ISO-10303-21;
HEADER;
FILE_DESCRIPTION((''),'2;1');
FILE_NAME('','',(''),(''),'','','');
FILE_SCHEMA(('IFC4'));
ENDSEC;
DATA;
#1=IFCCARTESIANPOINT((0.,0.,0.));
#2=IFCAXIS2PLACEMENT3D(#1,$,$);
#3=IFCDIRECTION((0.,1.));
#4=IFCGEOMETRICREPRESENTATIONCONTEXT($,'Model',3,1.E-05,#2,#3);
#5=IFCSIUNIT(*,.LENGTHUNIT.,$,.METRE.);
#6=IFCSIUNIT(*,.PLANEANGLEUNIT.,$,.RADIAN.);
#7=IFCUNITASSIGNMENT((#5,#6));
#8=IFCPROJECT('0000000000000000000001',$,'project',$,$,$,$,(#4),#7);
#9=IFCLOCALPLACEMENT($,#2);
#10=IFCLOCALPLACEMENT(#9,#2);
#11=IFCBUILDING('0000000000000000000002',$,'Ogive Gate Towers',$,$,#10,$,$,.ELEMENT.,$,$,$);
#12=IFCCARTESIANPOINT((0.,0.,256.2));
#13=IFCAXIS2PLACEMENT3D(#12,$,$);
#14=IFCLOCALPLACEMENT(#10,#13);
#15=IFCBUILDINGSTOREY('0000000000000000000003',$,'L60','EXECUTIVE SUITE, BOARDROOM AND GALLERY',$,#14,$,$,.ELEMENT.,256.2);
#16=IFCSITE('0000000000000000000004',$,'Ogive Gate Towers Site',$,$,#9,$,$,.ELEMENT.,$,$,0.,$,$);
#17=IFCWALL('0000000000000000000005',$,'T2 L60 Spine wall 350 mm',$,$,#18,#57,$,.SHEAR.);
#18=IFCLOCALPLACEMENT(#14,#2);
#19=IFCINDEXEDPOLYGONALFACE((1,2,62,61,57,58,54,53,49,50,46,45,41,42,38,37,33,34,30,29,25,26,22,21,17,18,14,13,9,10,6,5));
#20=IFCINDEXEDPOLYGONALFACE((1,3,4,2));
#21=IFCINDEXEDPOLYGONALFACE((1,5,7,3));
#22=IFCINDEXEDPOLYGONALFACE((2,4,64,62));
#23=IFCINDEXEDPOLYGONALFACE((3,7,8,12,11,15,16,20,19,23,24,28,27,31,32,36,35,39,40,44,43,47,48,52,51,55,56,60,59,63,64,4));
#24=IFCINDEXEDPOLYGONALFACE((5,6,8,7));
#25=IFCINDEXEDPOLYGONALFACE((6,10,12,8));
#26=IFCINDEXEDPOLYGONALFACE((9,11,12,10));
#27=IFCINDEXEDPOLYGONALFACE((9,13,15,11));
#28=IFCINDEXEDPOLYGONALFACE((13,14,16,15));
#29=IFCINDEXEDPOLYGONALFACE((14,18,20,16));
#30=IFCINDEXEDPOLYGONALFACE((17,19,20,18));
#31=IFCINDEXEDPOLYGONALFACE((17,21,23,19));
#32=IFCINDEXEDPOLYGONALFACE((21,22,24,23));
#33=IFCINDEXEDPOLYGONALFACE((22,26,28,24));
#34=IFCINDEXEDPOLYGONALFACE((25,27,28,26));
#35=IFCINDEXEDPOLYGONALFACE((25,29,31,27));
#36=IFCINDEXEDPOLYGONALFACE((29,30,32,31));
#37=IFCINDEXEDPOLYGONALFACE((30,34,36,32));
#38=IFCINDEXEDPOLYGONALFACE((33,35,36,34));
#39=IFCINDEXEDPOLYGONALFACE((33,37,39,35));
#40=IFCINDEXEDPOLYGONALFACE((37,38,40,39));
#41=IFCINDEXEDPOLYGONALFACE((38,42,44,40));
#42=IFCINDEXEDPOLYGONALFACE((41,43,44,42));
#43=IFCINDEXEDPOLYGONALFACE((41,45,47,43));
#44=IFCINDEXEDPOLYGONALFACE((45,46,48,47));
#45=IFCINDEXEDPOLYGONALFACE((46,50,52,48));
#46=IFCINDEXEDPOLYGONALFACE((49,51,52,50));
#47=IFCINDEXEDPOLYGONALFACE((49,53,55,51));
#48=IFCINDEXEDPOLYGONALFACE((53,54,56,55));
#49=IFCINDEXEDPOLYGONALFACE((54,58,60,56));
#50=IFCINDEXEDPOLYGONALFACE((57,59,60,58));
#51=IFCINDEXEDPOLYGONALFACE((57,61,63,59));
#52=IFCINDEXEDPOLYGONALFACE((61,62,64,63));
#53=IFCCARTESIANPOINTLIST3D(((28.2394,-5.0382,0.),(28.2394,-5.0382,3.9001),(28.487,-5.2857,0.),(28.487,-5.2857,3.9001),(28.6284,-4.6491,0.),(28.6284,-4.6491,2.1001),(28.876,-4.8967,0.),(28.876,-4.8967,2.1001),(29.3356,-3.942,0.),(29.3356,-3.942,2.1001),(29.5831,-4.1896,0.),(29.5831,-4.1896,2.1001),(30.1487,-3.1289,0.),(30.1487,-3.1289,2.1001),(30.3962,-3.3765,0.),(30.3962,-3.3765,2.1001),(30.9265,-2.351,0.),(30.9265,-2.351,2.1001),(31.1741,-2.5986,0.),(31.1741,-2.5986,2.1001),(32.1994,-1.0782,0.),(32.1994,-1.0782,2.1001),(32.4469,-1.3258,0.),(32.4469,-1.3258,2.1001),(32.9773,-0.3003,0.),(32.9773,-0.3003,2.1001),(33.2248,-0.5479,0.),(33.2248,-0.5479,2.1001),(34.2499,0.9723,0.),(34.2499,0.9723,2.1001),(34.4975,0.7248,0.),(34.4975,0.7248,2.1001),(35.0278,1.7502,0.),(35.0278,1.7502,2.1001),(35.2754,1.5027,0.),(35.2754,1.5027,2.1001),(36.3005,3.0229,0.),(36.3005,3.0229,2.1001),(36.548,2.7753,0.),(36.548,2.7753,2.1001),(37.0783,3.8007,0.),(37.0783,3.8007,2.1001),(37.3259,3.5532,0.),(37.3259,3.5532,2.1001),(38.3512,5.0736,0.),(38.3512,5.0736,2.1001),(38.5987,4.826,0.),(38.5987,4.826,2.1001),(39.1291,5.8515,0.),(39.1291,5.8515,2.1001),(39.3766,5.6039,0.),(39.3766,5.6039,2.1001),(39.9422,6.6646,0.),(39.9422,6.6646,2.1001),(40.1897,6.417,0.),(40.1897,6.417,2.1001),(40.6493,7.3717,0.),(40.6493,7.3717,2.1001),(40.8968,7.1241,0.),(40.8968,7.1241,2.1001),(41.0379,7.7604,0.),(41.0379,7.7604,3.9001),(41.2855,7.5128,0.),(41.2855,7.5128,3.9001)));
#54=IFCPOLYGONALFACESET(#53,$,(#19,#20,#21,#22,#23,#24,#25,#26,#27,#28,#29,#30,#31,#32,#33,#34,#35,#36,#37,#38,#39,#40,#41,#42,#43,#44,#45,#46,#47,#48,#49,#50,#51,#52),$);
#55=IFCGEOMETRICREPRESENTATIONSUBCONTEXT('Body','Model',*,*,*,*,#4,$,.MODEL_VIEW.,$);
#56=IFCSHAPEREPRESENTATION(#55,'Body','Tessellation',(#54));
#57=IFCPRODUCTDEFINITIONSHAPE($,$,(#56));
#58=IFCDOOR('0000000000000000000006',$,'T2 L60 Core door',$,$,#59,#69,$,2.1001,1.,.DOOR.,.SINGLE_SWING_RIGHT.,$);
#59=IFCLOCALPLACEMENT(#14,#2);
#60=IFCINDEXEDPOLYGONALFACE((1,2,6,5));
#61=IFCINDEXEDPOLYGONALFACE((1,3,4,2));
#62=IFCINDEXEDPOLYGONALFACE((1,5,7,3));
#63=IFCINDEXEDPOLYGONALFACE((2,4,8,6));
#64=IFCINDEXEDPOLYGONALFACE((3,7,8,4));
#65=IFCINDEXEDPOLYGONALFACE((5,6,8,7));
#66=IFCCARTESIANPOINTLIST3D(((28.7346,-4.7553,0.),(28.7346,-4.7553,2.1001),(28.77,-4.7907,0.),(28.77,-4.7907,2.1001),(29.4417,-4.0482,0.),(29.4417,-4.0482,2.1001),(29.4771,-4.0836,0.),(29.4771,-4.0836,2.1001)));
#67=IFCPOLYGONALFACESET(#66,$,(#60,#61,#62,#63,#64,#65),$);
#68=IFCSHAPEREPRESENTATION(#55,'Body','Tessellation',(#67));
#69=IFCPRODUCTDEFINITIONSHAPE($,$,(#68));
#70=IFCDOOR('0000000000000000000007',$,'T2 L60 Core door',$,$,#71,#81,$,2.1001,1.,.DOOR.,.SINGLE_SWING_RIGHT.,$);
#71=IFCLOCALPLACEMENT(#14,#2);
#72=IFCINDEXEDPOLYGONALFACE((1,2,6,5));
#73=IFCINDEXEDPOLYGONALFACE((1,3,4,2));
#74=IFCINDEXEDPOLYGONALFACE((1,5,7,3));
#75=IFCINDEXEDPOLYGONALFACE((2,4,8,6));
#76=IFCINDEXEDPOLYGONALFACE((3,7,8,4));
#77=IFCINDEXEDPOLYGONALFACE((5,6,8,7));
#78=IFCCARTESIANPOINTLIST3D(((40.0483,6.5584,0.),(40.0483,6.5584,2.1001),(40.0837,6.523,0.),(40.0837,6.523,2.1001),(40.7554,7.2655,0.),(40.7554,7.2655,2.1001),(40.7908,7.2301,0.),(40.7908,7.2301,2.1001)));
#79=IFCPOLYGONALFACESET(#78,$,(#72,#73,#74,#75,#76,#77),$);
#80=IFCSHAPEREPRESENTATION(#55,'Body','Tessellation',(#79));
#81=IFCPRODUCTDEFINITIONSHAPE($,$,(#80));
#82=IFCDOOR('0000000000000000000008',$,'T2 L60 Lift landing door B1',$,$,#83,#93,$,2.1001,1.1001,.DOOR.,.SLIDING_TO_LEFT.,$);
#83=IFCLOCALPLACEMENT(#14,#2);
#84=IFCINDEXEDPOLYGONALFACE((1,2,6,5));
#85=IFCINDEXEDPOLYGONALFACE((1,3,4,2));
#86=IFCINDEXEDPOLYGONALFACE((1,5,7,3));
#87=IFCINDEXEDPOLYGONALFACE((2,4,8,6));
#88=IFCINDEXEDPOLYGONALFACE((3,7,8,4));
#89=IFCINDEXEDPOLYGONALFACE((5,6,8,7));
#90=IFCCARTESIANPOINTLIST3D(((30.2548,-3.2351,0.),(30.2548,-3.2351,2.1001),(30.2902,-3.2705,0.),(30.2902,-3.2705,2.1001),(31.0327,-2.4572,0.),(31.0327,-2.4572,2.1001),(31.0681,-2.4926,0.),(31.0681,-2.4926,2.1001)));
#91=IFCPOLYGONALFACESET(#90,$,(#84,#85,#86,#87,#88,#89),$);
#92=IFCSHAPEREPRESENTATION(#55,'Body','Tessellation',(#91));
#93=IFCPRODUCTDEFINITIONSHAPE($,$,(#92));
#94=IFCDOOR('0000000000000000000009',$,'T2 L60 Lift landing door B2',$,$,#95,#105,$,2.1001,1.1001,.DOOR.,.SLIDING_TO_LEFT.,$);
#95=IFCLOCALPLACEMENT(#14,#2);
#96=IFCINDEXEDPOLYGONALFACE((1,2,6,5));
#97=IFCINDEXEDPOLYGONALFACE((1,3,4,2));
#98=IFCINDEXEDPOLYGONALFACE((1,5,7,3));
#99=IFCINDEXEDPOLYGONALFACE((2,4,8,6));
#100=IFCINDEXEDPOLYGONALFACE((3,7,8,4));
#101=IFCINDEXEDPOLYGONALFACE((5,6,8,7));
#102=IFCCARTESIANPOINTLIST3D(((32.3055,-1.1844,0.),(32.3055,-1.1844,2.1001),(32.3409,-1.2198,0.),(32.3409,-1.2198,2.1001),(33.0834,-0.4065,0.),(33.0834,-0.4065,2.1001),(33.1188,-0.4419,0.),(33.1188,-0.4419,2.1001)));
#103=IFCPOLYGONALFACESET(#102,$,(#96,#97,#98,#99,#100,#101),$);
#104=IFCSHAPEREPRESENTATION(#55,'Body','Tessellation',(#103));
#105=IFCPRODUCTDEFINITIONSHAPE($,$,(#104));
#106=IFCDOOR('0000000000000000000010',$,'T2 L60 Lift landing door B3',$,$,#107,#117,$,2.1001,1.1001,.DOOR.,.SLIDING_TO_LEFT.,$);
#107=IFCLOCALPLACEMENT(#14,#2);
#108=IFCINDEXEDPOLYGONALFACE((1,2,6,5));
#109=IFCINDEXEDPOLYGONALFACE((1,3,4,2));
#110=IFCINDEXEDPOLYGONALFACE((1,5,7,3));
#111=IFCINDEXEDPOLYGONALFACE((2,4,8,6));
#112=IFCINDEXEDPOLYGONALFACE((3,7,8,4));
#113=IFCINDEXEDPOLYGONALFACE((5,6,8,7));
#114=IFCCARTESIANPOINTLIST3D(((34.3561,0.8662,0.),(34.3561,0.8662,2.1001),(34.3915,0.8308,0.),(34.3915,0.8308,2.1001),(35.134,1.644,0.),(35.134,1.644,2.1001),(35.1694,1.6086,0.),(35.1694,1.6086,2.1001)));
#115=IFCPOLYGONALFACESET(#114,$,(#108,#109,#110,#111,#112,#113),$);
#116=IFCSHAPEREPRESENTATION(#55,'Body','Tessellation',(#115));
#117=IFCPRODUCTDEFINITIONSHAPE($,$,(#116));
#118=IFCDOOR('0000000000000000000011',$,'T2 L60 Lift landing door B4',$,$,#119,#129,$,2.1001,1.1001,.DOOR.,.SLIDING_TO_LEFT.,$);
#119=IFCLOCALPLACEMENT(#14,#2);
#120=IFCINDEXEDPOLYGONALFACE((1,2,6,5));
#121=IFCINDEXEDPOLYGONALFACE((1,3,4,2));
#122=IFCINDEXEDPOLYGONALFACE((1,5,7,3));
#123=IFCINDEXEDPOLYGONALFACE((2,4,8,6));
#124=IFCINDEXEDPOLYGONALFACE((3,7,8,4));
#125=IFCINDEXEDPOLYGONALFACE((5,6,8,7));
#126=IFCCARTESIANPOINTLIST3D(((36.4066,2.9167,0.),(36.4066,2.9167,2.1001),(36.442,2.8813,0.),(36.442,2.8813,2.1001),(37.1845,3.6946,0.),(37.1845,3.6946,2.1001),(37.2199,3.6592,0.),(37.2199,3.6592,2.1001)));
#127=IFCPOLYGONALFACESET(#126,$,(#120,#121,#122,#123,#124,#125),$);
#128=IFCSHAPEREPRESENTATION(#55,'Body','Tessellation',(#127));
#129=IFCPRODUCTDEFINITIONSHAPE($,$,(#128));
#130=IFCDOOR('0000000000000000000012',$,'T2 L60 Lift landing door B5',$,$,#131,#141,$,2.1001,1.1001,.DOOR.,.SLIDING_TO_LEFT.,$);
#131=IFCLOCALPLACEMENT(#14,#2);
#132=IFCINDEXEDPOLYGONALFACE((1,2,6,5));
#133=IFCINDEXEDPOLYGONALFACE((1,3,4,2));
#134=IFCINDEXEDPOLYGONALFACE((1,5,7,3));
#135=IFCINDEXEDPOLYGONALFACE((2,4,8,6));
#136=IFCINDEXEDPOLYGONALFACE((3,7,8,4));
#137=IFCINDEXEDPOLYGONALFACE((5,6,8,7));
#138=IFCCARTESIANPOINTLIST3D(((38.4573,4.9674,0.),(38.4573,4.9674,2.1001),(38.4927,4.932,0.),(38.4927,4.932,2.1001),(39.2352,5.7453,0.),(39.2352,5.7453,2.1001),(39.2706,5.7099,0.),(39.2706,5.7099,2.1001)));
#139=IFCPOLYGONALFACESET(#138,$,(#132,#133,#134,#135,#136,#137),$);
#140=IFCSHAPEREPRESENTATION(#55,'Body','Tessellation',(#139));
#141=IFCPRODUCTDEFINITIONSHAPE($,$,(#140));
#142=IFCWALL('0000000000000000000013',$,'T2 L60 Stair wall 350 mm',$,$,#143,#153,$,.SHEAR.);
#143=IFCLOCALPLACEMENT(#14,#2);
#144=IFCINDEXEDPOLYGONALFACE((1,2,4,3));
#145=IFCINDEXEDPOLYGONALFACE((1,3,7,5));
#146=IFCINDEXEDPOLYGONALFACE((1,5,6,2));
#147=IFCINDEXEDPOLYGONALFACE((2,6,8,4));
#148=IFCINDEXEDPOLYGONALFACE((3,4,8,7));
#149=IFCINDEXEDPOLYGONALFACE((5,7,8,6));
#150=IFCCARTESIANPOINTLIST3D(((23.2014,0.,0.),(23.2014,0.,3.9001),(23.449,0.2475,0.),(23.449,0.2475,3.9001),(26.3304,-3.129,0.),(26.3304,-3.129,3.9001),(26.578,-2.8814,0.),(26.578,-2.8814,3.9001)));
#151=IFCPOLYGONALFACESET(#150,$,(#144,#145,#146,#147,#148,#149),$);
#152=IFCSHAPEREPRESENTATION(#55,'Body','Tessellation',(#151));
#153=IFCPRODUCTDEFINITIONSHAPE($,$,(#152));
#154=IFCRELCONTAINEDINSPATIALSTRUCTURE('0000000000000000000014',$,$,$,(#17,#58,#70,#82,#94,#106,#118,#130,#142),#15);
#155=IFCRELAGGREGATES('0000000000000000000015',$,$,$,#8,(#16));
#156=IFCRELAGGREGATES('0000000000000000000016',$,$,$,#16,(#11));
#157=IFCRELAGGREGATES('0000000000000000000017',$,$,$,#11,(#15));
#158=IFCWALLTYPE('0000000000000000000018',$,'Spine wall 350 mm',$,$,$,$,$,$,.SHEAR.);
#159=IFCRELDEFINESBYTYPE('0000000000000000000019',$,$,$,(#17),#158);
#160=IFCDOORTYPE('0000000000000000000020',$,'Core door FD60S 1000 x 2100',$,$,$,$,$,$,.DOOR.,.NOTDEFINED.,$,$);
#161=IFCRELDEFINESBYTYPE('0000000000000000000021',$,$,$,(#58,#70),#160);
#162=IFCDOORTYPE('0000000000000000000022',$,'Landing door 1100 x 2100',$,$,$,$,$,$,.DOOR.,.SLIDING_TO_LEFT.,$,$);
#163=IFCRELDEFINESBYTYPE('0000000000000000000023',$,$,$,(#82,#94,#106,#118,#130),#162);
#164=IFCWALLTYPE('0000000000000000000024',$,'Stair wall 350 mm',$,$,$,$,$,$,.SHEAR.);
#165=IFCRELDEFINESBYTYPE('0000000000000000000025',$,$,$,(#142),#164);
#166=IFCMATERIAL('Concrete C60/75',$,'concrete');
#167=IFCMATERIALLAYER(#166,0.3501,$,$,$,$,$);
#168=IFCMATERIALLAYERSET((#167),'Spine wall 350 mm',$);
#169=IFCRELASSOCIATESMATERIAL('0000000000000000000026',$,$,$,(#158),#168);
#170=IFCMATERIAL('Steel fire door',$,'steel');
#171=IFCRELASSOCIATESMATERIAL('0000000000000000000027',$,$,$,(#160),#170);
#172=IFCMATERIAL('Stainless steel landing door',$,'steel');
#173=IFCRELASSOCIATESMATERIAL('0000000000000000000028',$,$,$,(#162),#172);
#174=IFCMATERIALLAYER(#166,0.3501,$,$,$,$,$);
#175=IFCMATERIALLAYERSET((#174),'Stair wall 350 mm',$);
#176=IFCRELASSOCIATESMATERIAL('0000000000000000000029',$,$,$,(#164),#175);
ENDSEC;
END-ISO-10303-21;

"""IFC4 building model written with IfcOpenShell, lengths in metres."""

from ifc_helpers import new_model, si_unit, direction, frame, frame_2d, origin, place, context, subcontext, project, spatial, rectangle, extrude, material, layer, layer_set, type_object, element, fill, save


model = new_model("IFC4")

# Units and contexts
model_context = context("Model", 3, precision=1e-05, world=origin(), true_north=direction((0.0, 1.0)))
body_context = subcontext(model_context, "Body", "Model", "MODEL_VIEW")
ifc_project = project(units=[si_unit("LENGTHUNIT", "METRE"), si_unit("PLANEANGLEUNIT", "RADIAN")], contexts=[model_context])

# Site, building, storey
site_placement = place(None, origin())
site = spatial("IfcSite", under=ifc_project, at=site_placement, Name="Ogive Gate Towers Site", CompositionType="ELEMENT", RefElevation=0.0)
building_placement = place(site_placement, origin())
building = spatial("IfcBuilding", under=site, at=building_placement, Name="Ogive Gate Towers", CompositionType="ELEMENT")
storey_placement = place(building_placement, frame((0.0, 0.0, 256.2)))
storey = spatial("IfcBuildingStorey", under=building, at=storey_placement, Name="L60", Description="EXECUTIVE SUITE, BOARDROOM AND GALLERY", CompositionType="ELEMENT", Elevation=256.2)

# Shared definitions
ifc_material_1 = material(Name="Concrete C60/75", Category="concrete")

# Wall, openings, doors
ifc_layer_1 = layer(ifc_material_1, 0.3501)
ifc_layer_set_1 = layer_set([ifc_layer_1], Name="Spine wall 350 mm")
wall_type_1 = type_object("IfcWallType", Name="Spine wall 350 mm", PredefinedType="SHEAR", material=ifc_layer_set_1)
ifc_material_2 = material(Name="Steel fire door", Category="steel")
door_type_1 = type_object("IfcDoorType", Name="Core door FD60S 1000 x 2100", OperationType="NOTDEFINED", PredefinedType="DOOR", material=ifc_material_2)
ifc_material_3 = material(Name="Stainless steel landing door", Category="steel")
door_type_2 = type_object("IfcDoorType", Name="Landing door 1100 x 2100", OperationType="SLIDING_TO_LEFT", PredefinedType="DOOR", material=ifc_material_3)
wall_1_placement = place(storey_placement, frame((28.3633, -5.1619, 0.0), z_axis=(0.0, 0.0, 1.0), x_axis=(0.707107, 0.707107, 0.0)))
wall_1 = element("IfcWall", 1, at=wall_1_placement, inside=storey, type_object=wall_type_1, Name="T2 L60 Spine wall 350 mm", PredefinedType="SHEAR", context=body_context, shape_type="SweptSolid", body=[
    extrude(rectangle(XDim=18.0999, YDim=0.3501, at=frame_2d((9.0498, 0.0))), origin(), (0.0, 0.0, 1.0), 3.9001),
])
opening_1_placement = place(wall_1_placement, frame((0.55, 0.0, 0.0)))
opening_1 = element("IfcOpeningElement", 2, at=opening_1_placement, cuts=wall_1, PredefinedType="OPENING", context=body_context, shape_type="SweptSolid", body=[
    extrude(rectangle(XDim=1.0, YDim=2.1001, at=frame_2d((0.5, 1.05))), frame((0.0, 0.1851, 0.0), z_axis=(0.0, -1.0, 0.0), x_axis=(1.0, 0.0, 0.0)), (0.0, 0.0, 1.0), 0.3701),
])
opening_2_placement = place(wall_1_placement, frame((2.7, 0.0, 0.0)))
opening_2 = element("IfcOpeningElement", 3, at=opening_2_placement, cuts=wall_1, PredefinedType="OPENING", context=body_context, shape_type="SweptSolid", body=[
    extrude(rectangle(XDim=1.1001, YDim=2.1001, at=frame_2d((0.55, 1.05))), frame((0.0, 0.1851, 0.0), z_axis=(0.0, -1.0, 0.0), x_axis=(1.0, 0.0, 0.0)), (0.0, 0.0, 1.0), 0.3701),
])
opening_3_placement = place(wall_1_placement, frame((5.6001, 0.0, 0.0)))
opening_3 = element("IfcOpeningElement", 4, at=opening_3_placement, cuts=wall_1, PredefinedType="OPENING", context=body_context, shape_type="SweptSolid", body=[
    extrude(rectangle(XDim=1.1001, YDim=2.1001, at=frame_2d((0.55, 1.05))), frame((0.0, 0.1851, 0.0), z_axis=(0.0, -1.0, 0.0), x_axis=(1.0, 0.0, 0.0)), (0.0, 0.0, 1.0), 0.3701),
])
opening_4_placement = place(wall_1_placement, frame((8.5, 0.0, 0.0)))
opening_4 = element("IfcOpeningElement", 5, at=opening_4_placement, cuts=wall_1, PredefinedType="OPENING", context=body_context, shape_type="SweptSolid", body=[
    extrude(rectangle(XDim=1.1001, YDim=2.1001, at=frame_2d((0.55, 1.05))), frame((0.0, 0.1851, 0.0), z_axis=(0.0, -1.0, 0.0), x_axis=(1.0, 0.0, 0.0)), (0.0, 0.0, 1.0), 0.3701),
])
opening_5_placement = place(wall_1_placement, frame((11.3999, 0.0, 0.0)))
opening_5 = element("IfcOpeningElement", 6, at=opening_5_placement, cuts=wall_1, PredefinedType="OPENING", context=body_context, shape_type="SweptSolid", body=[
    extrude(rectangle(XDim=1.1001, YDim=2.1001, at=frame_2d((0.55, 1.05))), frame((0.0, 0.1851, 0.0), z_axis=(0.0, -1.0, 0.0), x_axis=(1.0, 0.0, 0.0)), (0.0, 0.0, 1.0), 0.3701),
])
opening_6_placement = place(wall_1_placement, frame((14.3, 0.0, 0.0)))
opening_6 = element("IfcOpeningElement", 7, at=opening_6_placement, cuts=wall_1, PredefinedType="OPENING", context=body_context, shape_type="SweptSolid", body=[
    extrude(rectangle(XDim=1.1001, YDim=2.1001, at=frame_2d((0.55, 1.05))), frame((0.0, 0.1851, 0.0), z_axis=(0.0, -1.0, 0.0), x_axis=(1.0, 0.0, 0.0)), (0.0, 0.0, 1.0), 0.3701),
])
opening_7_placement = place(wall_1_placement, frame((16.55, 0.0, 0.0)))
opening_7 = element("IfcOpeningElement", 8, at=opening_7_placement, cuts=wall_1, PredefinedType="OPENING", context=body_context, shape_type="SweptSolid", body=[
    extrude(rectangle(XDim=1.0, YDim=2.1001, at=frame_2d((0.5, 1.05))), frame((0.0, 0.1851, 0.0), z_axis=(0.0, -1.0, 0.0), x_axis=(1.0, 0.0, 0.0)), (0.0, 0.0, 1.0), 0.3701),
])
door_1_placement = place(opening_1_placement, origin())
door_1 = element("IfcDoor", 9, at=door_1_placement, inside=storey, type_object=door_type_1, Name="T2 L60 Core door", OperationType="SINGLE_SWING_RIGHT", OverallHeight=2.1001, OverallWidth=1.0, PredefinedType="DOOR", context=body_context, shape_type="SweptSolid", body=[
    extrude(rectangle(XDim=1.0, YDim=2.1001, at=frame_2d((0.5, 1.05))), frame((0.0, 0.0249, 0.0), z_axis=(0.0, -1.0, 0.0), x_axis=(1.0, 0.0, 0.0)), (0.0, 0.0, 1.0), 0.05),
])
fill(opening_1, door_1)
door_2_placement = place(opening_7_placement, origin())
door_2 = element("IfcDoor", 10, at=door_2_placement, inside=storey, type_object=door_type_1, Name="T2 L60 Core door", OperationType="SINGLE_SWING_RIGHT", OverallHeight=2.1001, OverallWidth=1.0, PredefinedType="DOOR", context=body_context, shape_type="SweptSolid", body=[
    extrude(rectangle(XDim=1.0, YDim=2.1001, at=frame_2d((0.5, 1.05))), frame((0.0, 0.0249, 0.0), z_axis=(0.0, -1.0, 0.0), x_axis=(1.0, 0.0, 0.0)), (0.0, 0.0, 1.0), 0.05),
])
fill(opening_7, door_2)
door_3_placement = place(opening_2_placement, origin())
door_3 = element("IfcDoor", 11, at=door_3_placement, inside=storey, type_object=door_type_2, Name="T2 L60 Lift landing door B1", OperationType="SLIDING_TO_LEFT", OverallHeight=2.1001, OverallWidth=1.1001, PredefinedType="DOOR", context=body_context, shape_type="SweptSolid", body=[
    extrude(rectangle(XDim=1.1001, YDim=2.1001, at=frame_2d((0.55, 1.05))), frame((0.0, 0.0249, 0.0), z_axis=(0.0, -1.0, 0.0), x_axis=(1.0, 0.0, 0.0)), (0.0, 0.0, 1.0), 0.05),
])
fill(opening_2, door_3)
door_4_placement = place(opening_3_placement, origin())
door_4 = element("IfcDoor", 12, at=door_4_placement, inside=storey, type_object=door_type_2, Name="T2 L60 Lift landing door B2", OperationType="SLIDING_TO_LEFT", OverallHeight=2.1001, OverallWidth=1.1001, PredefinedType="DOOR", context=body_context, shape_type="SweptSolid", body=[
    extrude(rectangle(XDim=1.1001, YDim=2.1001, at=frame_2d((0.55, 1.05))), frame((0.0, 0.0249, 0.0), z_axis=(0.0, -1.0, 0.0), x_axis=(1.0, 0.0, 0.0)), (0.0, 0.0, 1.0), 0.05),
])
fill(opening_3, door_4)
door_5_placement = place(opening_4_placement, origin())
door_5 = element("IfcDoor", 13, at=door_5_placement, inside=storey, type_object=door_type_2, Name="T2 L60 Lift landing door B3", OperationType="SLIDING_TO_LEFT", OverallHeight=2.1001, OverallWidth=1.1001, PredefinedType="DOOR", context=body_context, shape_type="SweptSolid", body=[
    extrude(rectangle(XDim=1.1001, YDim=2.1001, at=frame_2d((0.55, 1.05))), frame((0.0, 0.0249, 0.0), z_axis=(0.0, -1.0, 0.0), x_axis=(1.0, 0.0, 0.0)), (0.0, 0.0, 1.0), 0.05),
])
fill(opening_4, door_5)
door_6_placement = place(opening_5_placement, origin())
door_6 = element("IfcDoor", 14, at=door_6_placement, inside=storey, type_object=door_type_2, Name="T2 L60 Lift landing door B4", OperationType="SLIDING_TO_LEFT", OverallHeight=2.1001, OverallWidth=1.1001, PredefinedType="DOOR", context=body_context, shape_type="SweptSolid", body=[
    extrude(rectangle(XDim=1.1001, YDim=2.1001, at=frame_2d((0.55, 1.05))), frame((0.0, 0.0249, 0.0), z_axis=(0.0, -1.0, 0.0), x_axis=(1.0, 0.0, 0.0)), (0.0, 0.0, 1.0), 0.05),
])
fill(opening_5, door_6)
door_7_placement = place(opening_6_placement, origin())
door_7 = element("IfcDoor", 15, at=door_7_placement, inside=storey, type_object=door_type_2, Name="T2 L60 Lift landing door B5", OperationType="SLIDING_TO_LEFT", OverallHeight=2.1001, OverallWidth=1.1001, PredefinedType="DOOR", context=body_context, shape_type="SweptSolid", body=[
    extrude(rectangle(XDim=1.1001, YDim=2.1001, at=frame_2d((0.55, 1.05))), frame((0.0, 0.0249, 0.0), z_axis=(0.0, -1.0, 0.0), x_axis=(1.0, 0.0, 0.0)), (0.0, 0.0, 1.0), 0.05),
])
fill(opening_6, door_7)

# Wall
ifc_layer_2 = layer(ifc_material_1, 0.3501)
ifc_layer_set_2 = layer_set([ifc_layer_2], Name="Stair wall 350 mm")
wall_type_2 = type_object("IfcWallType", Name="Stair wall 350 mm", PredefinedType="SHEAR", material=ifc_layer_set_2)
wall_2_placement = place(storey_placement, frame((26.4541, -3.0051, 0.0), z_axis=(0.0, 0.0, 1.0), x_axis=(-0.707107, 0.707107, 0.0)))
element("IfcWall", 16, at=wall_2_placement, inside=storey, type_object=wall_type_2, Name="T2 L60 Stair wall 350 mm", PredefinedType="SHEAR", context=body_context, shape_type="SweptSolid", body=[
    extrude(rectangle(XDim=4.425, YDim=0.3501, at=frame_2d((2.2124, 0.0))), origin(), (0.0, 0.0, 1.0), 3.9001),
])

save(model, "model.ifc")
